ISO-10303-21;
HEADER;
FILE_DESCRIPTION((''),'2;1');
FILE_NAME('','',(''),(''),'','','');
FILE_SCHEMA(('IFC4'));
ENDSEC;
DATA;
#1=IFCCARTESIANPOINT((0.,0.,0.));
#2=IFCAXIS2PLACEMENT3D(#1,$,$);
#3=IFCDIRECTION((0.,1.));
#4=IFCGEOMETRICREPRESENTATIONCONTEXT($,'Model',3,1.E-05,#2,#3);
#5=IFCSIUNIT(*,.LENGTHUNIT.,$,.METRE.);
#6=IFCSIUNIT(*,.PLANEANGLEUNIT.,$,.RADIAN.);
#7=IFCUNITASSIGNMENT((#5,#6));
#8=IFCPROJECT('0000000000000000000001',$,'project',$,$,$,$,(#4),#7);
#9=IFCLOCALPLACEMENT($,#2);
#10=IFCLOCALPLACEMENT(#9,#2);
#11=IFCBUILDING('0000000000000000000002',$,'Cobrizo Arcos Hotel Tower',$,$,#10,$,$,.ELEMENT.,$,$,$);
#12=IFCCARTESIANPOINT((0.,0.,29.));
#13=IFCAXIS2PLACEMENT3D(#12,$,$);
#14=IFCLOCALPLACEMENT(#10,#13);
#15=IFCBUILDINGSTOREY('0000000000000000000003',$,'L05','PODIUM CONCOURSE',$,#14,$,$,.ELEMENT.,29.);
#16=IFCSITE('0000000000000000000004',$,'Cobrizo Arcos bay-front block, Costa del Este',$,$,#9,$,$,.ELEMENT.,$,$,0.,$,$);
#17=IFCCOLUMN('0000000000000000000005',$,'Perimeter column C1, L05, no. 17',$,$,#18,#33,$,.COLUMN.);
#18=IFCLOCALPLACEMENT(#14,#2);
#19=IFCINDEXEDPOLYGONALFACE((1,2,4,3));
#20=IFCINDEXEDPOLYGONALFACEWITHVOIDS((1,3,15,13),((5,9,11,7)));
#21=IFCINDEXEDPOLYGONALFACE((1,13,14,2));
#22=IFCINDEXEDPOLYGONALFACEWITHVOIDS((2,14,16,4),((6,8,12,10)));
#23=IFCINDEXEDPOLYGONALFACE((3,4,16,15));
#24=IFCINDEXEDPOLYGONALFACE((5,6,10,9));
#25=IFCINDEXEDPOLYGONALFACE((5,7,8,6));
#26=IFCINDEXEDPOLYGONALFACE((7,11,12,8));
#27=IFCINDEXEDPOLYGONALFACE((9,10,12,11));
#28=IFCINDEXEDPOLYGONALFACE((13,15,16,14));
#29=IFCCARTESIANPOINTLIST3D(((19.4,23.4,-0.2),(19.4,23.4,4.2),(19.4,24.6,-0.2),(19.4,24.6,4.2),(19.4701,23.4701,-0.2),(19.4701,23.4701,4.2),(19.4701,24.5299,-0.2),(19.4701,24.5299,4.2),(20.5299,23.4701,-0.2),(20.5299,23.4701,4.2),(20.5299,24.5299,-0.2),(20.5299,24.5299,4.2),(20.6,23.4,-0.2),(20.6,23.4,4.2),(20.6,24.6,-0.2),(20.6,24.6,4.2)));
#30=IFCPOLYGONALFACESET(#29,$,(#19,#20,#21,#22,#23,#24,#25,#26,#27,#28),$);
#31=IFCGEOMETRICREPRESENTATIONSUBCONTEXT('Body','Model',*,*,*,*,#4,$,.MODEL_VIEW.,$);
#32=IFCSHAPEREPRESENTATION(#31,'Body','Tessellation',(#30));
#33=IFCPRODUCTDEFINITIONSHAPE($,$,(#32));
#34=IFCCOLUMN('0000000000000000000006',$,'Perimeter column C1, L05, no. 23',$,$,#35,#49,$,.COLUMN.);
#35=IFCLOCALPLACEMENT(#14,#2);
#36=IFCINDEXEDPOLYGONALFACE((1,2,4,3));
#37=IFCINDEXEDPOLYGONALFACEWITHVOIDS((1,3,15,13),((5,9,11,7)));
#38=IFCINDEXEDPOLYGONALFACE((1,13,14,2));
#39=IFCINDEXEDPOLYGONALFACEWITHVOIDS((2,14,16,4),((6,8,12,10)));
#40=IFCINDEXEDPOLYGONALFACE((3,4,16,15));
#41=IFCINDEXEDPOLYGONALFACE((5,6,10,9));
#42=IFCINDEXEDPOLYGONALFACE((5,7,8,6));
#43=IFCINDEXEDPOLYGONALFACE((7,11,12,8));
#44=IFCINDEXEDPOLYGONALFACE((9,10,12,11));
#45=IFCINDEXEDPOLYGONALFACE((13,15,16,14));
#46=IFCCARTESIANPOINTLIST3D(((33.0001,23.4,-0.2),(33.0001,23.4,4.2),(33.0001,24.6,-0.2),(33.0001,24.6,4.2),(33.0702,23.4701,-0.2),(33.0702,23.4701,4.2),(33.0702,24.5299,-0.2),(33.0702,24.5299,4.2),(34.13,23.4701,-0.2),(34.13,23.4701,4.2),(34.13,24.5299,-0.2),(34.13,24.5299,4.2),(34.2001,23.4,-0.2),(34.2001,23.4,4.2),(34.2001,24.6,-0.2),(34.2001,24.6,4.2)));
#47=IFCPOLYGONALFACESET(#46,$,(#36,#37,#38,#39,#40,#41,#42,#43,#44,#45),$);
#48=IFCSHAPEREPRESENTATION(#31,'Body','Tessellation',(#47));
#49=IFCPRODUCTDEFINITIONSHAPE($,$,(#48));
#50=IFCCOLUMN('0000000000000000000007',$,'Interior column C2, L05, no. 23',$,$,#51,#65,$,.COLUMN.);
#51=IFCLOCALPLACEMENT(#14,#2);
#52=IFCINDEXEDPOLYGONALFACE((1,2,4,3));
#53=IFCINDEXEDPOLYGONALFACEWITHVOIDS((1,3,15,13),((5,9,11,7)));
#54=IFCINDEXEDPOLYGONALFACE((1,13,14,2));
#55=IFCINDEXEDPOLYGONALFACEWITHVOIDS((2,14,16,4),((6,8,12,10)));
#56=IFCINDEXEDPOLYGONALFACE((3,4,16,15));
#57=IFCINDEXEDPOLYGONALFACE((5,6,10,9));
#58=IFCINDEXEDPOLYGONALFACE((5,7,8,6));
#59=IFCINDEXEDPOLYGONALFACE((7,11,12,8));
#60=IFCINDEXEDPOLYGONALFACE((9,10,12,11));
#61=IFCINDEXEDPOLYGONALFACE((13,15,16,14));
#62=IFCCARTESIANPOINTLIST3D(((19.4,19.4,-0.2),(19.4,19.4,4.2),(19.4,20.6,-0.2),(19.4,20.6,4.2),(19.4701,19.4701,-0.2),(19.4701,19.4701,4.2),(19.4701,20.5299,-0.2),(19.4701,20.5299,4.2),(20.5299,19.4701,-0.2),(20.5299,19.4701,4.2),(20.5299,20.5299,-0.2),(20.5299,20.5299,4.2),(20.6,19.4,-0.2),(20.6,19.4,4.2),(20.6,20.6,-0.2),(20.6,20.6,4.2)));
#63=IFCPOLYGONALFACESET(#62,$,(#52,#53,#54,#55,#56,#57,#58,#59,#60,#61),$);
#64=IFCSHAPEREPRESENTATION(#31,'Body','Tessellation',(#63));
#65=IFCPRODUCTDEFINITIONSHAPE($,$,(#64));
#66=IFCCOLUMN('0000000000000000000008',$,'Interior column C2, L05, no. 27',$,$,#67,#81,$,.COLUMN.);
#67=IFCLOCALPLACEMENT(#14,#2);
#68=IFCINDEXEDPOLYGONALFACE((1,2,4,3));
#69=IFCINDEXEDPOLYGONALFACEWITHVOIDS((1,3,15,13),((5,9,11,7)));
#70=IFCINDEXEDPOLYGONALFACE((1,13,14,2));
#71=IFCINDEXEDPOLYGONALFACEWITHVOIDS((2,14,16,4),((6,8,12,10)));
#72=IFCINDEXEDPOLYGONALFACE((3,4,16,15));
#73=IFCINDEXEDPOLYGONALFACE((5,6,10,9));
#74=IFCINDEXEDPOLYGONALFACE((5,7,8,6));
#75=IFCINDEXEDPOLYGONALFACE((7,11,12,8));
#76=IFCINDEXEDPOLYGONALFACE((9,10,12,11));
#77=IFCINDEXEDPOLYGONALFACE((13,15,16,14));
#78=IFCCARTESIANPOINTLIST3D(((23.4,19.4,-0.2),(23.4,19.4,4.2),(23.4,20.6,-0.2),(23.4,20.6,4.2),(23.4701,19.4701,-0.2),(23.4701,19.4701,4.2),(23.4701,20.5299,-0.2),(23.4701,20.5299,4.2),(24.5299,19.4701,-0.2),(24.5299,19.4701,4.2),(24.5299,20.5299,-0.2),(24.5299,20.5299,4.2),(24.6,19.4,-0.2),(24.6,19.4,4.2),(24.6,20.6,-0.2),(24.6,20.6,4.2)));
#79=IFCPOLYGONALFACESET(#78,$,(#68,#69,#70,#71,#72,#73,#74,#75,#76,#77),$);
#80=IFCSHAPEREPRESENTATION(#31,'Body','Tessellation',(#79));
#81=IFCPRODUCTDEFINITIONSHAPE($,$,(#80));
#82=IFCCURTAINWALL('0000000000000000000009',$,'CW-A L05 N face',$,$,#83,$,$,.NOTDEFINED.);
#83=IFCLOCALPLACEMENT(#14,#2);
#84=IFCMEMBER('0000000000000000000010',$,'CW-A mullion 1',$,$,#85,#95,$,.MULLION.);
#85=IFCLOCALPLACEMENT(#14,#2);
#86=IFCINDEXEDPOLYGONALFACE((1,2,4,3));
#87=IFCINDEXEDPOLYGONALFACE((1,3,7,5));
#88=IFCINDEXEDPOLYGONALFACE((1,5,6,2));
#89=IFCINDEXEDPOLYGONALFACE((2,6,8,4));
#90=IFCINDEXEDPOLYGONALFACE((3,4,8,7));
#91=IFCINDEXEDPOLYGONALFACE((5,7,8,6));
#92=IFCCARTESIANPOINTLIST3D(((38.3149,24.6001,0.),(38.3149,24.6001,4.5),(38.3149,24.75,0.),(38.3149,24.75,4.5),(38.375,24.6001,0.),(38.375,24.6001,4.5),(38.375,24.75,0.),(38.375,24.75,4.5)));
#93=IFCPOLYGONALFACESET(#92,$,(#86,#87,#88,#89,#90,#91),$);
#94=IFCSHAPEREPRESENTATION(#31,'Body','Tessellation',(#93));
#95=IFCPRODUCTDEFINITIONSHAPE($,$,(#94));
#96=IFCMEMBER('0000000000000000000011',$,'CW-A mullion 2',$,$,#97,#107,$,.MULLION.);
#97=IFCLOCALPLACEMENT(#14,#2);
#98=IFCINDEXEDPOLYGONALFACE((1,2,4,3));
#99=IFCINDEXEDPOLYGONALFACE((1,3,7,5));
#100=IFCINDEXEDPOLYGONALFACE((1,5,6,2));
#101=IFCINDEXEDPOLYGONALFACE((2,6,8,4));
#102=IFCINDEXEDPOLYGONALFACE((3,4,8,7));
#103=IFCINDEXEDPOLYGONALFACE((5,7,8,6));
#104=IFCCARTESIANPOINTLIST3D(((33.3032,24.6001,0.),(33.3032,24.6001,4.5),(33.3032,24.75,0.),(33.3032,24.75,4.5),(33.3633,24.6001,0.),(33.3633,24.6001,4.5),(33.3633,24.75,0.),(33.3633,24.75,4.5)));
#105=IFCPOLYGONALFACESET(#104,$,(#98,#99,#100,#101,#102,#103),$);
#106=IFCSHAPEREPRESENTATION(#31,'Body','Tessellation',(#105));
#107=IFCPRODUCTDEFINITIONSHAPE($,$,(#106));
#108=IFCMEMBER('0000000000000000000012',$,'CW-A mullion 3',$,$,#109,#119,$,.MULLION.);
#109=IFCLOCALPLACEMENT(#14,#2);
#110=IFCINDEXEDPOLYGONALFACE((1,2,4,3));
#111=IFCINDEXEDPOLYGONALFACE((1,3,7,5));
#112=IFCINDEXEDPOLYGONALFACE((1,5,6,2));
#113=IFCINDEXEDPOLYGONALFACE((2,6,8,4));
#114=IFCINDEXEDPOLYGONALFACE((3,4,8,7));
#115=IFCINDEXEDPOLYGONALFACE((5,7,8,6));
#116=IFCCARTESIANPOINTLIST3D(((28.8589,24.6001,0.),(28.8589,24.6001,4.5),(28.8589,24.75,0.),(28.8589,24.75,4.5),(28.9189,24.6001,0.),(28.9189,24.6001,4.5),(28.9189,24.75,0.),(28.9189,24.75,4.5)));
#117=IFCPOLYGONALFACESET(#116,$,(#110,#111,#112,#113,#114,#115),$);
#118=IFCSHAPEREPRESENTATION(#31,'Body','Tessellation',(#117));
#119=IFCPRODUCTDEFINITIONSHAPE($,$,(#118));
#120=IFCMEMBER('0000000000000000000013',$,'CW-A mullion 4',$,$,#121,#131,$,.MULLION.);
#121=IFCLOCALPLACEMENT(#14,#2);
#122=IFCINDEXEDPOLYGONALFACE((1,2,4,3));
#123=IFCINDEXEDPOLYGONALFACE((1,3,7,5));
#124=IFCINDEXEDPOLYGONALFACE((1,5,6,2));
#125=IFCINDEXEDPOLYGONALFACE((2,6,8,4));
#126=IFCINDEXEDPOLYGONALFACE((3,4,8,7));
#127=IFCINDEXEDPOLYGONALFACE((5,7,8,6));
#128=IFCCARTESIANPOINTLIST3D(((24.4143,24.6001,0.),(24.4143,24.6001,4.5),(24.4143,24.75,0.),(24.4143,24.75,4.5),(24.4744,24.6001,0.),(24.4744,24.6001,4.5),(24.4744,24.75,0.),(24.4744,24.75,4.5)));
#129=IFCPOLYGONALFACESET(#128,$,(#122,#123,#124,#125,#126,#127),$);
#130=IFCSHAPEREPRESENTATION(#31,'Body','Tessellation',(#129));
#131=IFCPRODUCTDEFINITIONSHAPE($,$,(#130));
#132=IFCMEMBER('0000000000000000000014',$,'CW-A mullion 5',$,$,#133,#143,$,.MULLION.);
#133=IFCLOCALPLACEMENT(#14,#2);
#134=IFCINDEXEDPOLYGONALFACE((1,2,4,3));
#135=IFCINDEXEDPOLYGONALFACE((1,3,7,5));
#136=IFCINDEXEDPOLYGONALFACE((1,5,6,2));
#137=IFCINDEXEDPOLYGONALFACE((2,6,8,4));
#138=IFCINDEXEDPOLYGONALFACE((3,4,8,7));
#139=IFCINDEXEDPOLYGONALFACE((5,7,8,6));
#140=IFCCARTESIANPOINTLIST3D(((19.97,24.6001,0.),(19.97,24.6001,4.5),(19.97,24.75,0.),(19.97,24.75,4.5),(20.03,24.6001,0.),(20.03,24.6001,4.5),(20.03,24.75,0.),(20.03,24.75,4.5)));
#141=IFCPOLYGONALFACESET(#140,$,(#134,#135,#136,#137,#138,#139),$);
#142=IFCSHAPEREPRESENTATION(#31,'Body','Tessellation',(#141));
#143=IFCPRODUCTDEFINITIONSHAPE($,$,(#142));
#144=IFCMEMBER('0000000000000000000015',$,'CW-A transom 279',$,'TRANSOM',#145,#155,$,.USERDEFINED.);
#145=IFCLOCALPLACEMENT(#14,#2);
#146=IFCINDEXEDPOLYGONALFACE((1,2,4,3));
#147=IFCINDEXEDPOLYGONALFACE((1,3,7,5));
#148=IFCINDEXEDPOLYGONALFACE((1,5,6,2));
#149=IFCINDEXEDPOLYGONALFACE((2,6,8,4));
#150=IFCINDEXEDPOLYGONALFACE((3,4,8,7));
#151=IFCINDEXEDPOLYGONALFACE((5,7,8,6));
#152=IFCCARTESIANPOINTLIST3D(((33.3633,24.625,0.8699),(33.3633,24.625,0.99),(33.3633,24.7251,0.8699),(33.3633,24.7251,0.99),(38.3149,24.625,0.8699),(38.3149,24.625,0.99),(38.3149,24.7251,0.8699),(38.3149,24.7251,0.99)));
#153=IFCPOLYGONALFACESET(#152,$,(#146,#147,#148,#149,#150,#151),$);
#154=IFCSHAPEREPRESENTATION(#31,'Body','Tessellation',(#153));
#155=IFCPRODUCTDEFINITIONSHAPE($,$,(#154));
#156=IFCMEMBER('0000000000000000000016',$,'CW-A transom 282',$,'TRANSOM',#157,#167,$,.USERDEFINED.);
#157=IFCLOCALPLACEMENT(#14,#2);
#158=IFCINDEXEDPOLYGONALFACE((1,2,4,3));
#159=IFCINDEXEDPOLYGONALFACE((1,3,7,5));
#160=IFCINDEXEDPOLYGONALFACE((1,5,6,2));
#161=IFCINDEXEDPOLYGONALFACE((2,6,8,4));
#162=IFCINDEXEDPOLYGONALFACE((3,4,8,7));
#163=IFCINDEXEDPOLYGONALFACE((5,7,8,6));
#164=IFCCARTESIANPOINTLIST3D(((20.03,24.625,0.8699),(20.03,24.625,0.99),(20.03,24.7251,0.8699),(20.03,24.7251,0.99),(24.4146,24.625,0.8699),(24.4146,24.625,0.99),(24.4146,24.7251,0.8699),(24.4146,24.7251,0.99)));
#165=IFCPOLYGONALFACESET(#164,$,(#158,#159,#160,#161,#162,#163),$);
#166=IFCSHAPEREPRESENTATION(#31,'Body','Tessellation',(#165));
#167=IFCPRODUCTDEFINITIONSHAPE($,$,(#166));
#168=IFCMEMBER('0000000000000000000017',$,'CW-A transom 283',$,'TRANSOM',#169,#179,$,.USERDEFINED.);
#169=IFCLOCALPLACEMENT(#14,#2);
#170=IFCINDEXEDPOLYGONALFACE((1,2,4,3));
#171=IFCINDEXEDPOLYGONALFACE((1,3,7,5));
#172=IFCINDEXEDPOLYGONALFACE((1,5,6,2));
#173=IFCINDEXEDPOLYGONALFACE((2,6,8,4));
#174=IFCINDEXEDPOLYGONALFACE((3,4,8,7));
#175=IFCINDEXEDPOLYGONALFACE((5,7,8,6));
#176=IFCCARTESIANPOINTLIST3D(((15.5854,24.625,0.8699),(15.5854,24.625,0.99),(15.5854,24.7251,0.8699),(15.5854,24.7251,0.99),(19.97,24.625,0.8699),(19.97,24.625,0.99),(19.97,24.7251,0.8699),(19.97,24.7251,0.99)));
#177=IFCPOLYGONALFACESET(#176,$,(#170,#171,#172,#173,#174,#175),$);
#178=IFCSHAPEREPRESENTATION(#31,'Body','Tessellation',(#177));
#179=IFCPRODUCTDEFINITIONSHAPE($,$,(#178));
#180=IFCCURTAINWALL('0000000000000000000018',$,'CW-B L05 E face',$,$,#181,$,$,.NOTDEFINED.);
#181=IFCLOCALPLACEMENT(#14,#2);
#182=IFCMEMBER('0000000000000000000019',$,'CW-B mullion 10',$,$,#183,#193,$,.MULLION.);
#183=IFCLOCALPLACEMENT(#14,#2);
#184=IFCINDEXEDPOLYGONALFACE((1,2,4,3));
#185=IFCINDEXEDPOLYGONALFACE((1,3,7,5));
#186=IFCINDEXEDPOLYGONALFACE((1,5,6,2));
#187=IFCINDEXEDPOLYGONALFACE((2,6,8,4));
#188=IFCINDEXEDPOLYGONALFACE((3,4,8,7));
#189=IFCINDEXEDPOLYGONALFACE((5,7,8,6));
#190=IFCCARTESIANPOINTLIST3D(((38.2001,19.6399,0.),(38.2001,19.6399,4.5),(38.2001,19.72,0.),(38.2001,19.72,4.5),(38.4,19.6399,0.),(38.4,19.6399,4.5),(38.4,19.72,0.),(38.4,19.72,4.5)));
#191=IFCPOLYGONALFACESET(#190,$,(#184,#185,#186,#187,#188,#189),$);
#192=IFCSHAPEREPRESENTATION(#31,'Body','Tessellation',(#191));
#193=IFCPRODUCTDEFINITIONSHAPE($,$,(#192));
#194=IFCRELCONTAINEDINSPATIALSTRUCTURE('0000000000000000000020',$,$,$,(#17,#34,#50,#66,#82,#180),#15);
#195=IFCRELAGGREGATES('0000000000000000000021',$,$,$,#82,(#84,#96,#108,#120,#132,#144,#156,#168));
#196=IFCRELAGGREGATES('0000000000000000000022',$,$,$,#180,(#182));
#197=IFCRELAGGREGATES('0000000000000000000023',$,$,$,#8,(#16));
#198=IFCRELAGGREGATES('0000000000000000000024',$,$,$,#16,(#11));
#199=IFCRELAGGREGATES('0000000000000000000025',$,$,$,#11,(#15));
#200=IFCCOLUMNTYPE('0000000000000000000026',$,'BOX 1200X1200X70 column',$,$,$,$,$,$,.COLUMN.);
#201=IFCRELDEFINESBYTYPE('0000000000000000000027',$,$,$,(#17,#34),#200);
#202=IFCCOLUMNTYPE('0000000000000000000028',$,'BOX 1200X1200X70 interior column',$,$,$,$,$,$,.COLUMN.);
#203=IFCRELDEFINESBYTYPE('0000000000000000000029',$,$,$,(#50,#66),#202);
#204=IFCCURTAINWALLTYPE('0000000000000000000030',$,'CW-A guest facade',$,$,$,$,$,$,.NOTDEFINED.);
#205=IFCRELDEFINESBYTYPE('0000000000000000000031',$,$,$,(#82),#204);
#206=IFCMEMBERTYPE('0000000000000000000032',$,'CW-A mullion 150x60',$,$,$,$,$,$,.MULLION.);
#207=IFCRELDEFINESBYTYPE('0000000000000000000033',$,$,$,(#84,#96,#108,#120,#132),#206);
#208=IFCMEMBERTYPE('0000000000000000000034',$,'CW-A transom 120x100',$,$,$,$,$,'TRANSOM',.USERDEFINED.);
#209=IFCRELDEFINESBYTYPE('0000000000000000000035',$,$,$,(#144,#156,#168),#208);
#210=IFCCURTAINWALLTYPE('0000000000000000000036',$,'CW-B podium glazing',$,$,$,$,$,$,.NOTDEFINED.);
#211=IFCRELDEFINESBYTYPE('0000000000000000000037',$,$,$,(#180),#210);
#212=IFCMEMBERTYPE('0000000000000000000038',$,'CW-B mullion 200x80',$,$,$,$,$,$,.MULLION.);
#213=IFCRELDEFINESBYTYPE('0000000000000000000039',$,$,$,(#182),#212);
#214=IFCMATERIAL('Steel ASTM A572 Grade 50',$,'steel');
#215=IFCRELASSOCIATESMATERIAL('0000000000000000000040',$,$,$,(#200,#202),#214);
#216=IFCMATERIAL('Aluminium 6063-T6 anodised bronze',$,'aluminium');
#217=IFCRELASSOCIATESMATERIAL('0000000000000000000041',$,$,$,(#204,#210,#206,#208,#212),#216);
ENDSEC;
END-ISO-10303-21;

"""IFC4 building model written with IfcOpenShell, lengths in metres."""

from ifc_helpers import new_model, si_unit, direction, frame, origin, origin_2d, place, context, subcontext, project, spatial, rectangle, hollow_rectangle, extrude, material, material_profile, profile_set, type_object, element, aggregate, save


model = new_model("IFC4")

# Units and contexts
model_context = context("Model", 3, precision=1e-05, world=origin(), true_north=direction((0.0, 1.0)))
body_context = subcontext(model_context, "Body", "Model", "MODEL_VIEW")
ifc_project = project(units=[si_unit("LENGTHUNIT", "METRE"), si_unit("PLANEANGLEUNIT", "RADIAN")], contexts=[model_context])

# Site, building, storey
site_placement = place(None, origin())
site = spatial("IfcSite", under=ifc_project, at=site_placement, Name="Cobrizo Arcos bay-front block, Costa del Este", CompositionType="ELEMENT", RefElevation=0.0)
building_placement = place(site_placement, origin())
building = spatial("IfcBuilding", under=site, at=building_placement, Name="Cobrizo Arcos Hotel Tower", CompositionType="ELEMENT")
storey_placement = place(building_placement, frame((0.0, 0.0, 29.0)))
storey = spatial("IfcBuildingStorey", under=building, at=storey_placement, Name="L05", Description="PODIUM CONCOURSE", CompositionType="ELEMENT", Elevation=29.0)

# Columns
ifc_material_1 = material(Name="Steel ASTM A572 Grade 50", Category="steel")
ifc_material_profile_1 = material_profile(ifc_material_1, hollow_rectangle(XDim=1.2, YDim=1.2, WallThickness=0.0701, at=origin_2d()), Name="BOX 1200X1200X70")
ifc_profile_set_1 = profile_set([ifc_material_profile_1], Name="Steel ASTM A572 Grade 50")
column_type_1 = type_object("IfcColumnType", Name="BOX 1200X1200X70 column", PredefinedType="COLUMN", material=ifc_profile_set_1)
for number, where, z_axis, x_axis, name in (
    (1, (20.0, 24.0, -0.2), (0.0, 0.0, 1.0), (1.0, 0.0, 0.0), "Perimeter column C1, L05, no. 17"),
    (2, (33.6001, 24.0, -0.2), (0.0, 0.0, 1.0), (1.0, 0.0, 0.0), "Perimeter column C1, L05, no. 23"),
):
    element("IfcColumn", number, at=place(storey_placement, frame(where, z_axis=z_axis, x_axis=x_axis)), inside=storey, type_object=column_type_1, Name=name, PredefinedType="COLUMN", context=body_context, shape_type="SweptSolid", body=[
        extrude(hollow_rectangle(XDim=1.2, YDim=1.2, WallThickness=0.0701, at=origin_2d()), origin(), (0.0, 0.0, 1.0), 4.3999),
    ])
ifc_material_profile_2 = material_profile(ifc_material_1, hollow_rectangle(XDim=1.2, YDim=1.2, WallThickness=0.0701, at=origin_2d()), Name="BOX 1200X1200X70")
ifc_profile_set_2 = profile_set([ifc_material_profile_2], Name="Steel ASTM A572 Grade 50")
column_type_2 = type_object("IfcColumnType", Name="BOX 1200X1200X70 interior column", PredefinedType="COLUMN", material=ifc_profile_set_2)
for number, where, z_axis, x_axis, name in (
    (3, (20.0, 20.0, -0.2), (0.0, 0.0, 1.0), (1.0, 0.0, 0.0), "Interior column C2, L05, no. 23"),
    (4, (24.0, 20.0, -0.2), (0.0, 0.0, 1.0), (1.0, 0.0, 0.0), "Interior column C2, L05, no. 27"),
):
    element("IfcColumn", number, at=place(storey_placement, frame(where, z_axis=z_axis, x_axis=x_axis)), inside=storey, type_object=column_type_2, Name=name, PredefinedType="COLUMN", context=body_context, shape_type="SweptSolid", body=[
        extrude(hollow_rectangle(XDim=1.2, YDim=1.2, WallThickness=0.0701, at=origin_2d()), origin(), (0.0, 0.0, 1.0), 4.3999),
    ])

# Curtain walls, members
ifc_material_2 = material(Name="Aluminium 6063-T6 anodised bronze", Category="aluminium")
curtain_wall_type_1 = type_object("IfcCurtainWallType", Name="CW-A guest facade", PredefinedType="NOTDEFINED", material=ifc_material_2)
curtain_wall_1_placement = place(storey_placement, origin())
curtain_wall_1 = element("IfcCurtainWall", 5, at=curtain_wall_1_placement, inside=storey, type_object=curtain_wall_type_1, Name="CW-A L05 N face", PredefinedType="NOTDEFINED")
ifc_material_profile_3 = material_profile(ifc_material_2, rectangle(XDim=0.1499, YDim=0.0601, at=origin_2d()), Name="CW-A mullion 150x60")
ifc_profile_set_3 = profile_set([ifc_material_profile_3], Name="Aluminium 6063-T6 anodised bronze")
member_type_1 = type_object("IfcMemberType", Name="CW-A mullion 150x60", PredefinedType="MULLION", material=ifc_profile_set_3)
member_1_placement = place(storey_placement, frame((38.345, 24.675, 0.0), z_axis=(0.0, 0.0, 1.0), x_axis=(0.0, 1.0, 0.0)))
member_1 = element("IfcMember", 6, at=member_1_placement, type_object=member_type_1, Name="CW-A mullion 1", PredefinedType="MULLION", context=body_context, shape_type="SweptSolid", body=[
    extrude(rectangle(XDim=0.1499, YDim=0.0601, at=origin_2d()), origin(), (0.0, 0.0, 1.0), 4.5),
])
member_2_placement = place(storey_placement, frame((33.3333, 24.675, 0.0), z_axis=(0.0, 0.0, 1.0), x_axis=(0.0, 1.0, 0.0)))
member_2 = element("IfcMember", 7, at=member_2_placement, type_object=member_type_1, Name="CW-A mullion 2", PredefinedType="MULLION", context=body_context, shape_type="SweptSolid", body=[
    extrude(rectangle(XDim=0.1499, YDim=0.0601, at=origin_2d()), origin(), (0.0, 0.0, 1.0), 4.5),
])
member_3_placement = place(storey_placement, frame((28.8889, 24.675, 0.0), z_axis=(0.0, 0.0, 1.0), x_axis=(0.0, 1.0, 0.0)))
member_3 = element("IfcMember", 8, at=member_3_placement, type_object=member_type_1, Name="CW-A mullion 3", PredefinedType="MULLION", context=body_context, shape_type="SweptSolid", body=[
    extrude(rectangle(XDim=0.1499, YDim=0.0601, at=origin_2d()), origin(), (0.0, 0.0, 1.0), 4.5),
])
member_4_placement = place(storey_placement, frame((24.4443, 24.675, 0.0), z_axis=(0.0, 0.0, 1.0), x_axis=(0.0, 1.0, 0.0)))
member_4 = element("IfcMember", 9, at=member_4_placement, type_object=member_type_1, Name="CW-A mullion 4", PredefinedType="MULLION", context=body_context, shape_type="SweptSolid", body=[
    extrude(rectangle(XDim=0.1499, YDim=0.0601, at=origin_2d()), origin(), (0.0, 0.0, 1.0), 4.5),
])
member_5_placement = place(storey_placement, frame((20.0, 24.675, 0.0), z_axis=(0.0, 0.0, 1.0), x_axis=(0.0, 1.0, 0.0)))
member_5 = element("IfcMember", 10, at=member_5_placement, type_object=member_type_1, Name="CW-A mullion 5", PredefinedType="MULLION", context=body_context, shape_type="SweptSolid", body=[
    extrude(rectangle(XDim=0.1499, YDim=0.0601, at=origin_2d()), origin(), (0.0, 0.0, 1.0), 4.5),
])
ifc_material_profile_4 = material_profile(ifc_material_2, rectangle(XDim=0.1001, YDim=0.1201, at=origin_2d()), Name="CW-A transom 120x100")
ifc_profile_set_4 = profile_set([ifc_material_profile_4], Name="Aluminium 6063-T6 anodised bronze")
member_type_2 = type_object("IfcMemberType", Name="CW-A transom 120x100", ElementType="TRANSOM", PredefinedType="USERDEFINED", material=ifc_profile_set_4)
member_6_placement = place(storey_placement, frame((38.3149, 24.675, 0.9299), z_axis=(-1.0, 0.0, 0.0), x_axis=(0.0, -1.0, 0.0)))
member_6 = element("IfcMember", 11, at=member_6_placement, type_object=member_type_2, Name="CW-A transom 279", ObjectType="TRANSOM", PredefinedType="USERDEFINED", context=body_context, shape_type="SweptSolid", body=[
    extrude(rectangle(XDim=0.1001, YDim=0.1201, at=origin_2d()), origin(), (0.0, 0.0, 1.0), 4.9517),
])
member_7_placement = place(storey_placement, frame((24.4146, 24.675, 0.9299), z_axis=(-1.0, 0.0, 0.0), x_axis=(0.0, -1.0, 0.0)))
member_7 = element("IfcMember", 12, at=member_7_placement, type_object=member_type_2, Name="CW-A transom 282", ObjectType="TRANSOM", PredefinedType="USERDEFINED", context=body_context, shape_type="SweptSolid", body=[
    extrude(rectangle(XDim=0.1001, YDim=0.1201, at=origin_2d()), origin(), (0.0, 0.0, 1.0), 4.3845),
])
member_8_placement = place(storey_placement, frame((19.97, 24.675, 0.9299), z_axis=(-1.0, 0.0, 0.0), x_axis=(0.0, -1.0, 0.0)))
member_8 = element("IfcMember", 13, at=member_8_placement, type_object=member_type_2, Name="CW-A transom 283", ObjectType="TRANSOM", PredefinedType="USERDEFINED", context=body_context, shape_type="SweptSolid", body=[
    extrude(rectangle(XDim=0.1001, YDim=0.1201, at=origin_2d()), origin(), (0.0, 0.0, 1.0), 4.3845),
])
curtain_wall_type_2 = type_object("IfcCurtainWallType", Name="CW-B podium glazing", PredefinedType="NOTDEFINED", material=ifc_material_2)
curtain_wall_2_placement = place(storey_placement, origin())
curtain_wall_2 = element("IfcCurtainWall", 14, at=curtain_wall_2_placement, inside=storey, type_object=curtain_wall_type_2, Name="CW-B L05 E face", PredefinedType="NOTDEFINED")
ifc_material_profile_5 = material_profile(ifc_material_2, rectangle(XDim=0.2, YDim=0.0801, at=origin_2d()), Name="CW-B mullion 200x80")
ifc_profile_set_5 = profile_set([ifc_material_profile_5], Name="Aluminium 6063-T6 anodised bronze")
member_type_3 = type_object("IfcMemberType", Name="CW-B mullion 200x80", PredefinedType="MULLION", material=ifc_profile_set_5)
member_9_placement = place(storey_placement, frame((38.3, 19.6799, 0.0), z_axis=(0.0, 0.0, 1.0), x_axis=(1.0, 0.0, 0.0)))
member_9 = element("IfcMember", 15, at=member_9_placement, type_object=member_type_3, Name="CW-B mullion 10", PredefinedType="MULLION", context=body_context, shape_type="SweptSolid", body=[
    extrude(rectangle(XDim=0.2, YDim=0.0801, at=origin_2d()), origin(), (0.0, 0.0, 1.0), 4.5),
])

aggregate(curtain_wall_1, [member_1, member_2, member_3, member_4, member_5, member_6, member_7, member_8])
aggregate(curtain_wall_2, [member_9])

save(model, "model.ifc")
